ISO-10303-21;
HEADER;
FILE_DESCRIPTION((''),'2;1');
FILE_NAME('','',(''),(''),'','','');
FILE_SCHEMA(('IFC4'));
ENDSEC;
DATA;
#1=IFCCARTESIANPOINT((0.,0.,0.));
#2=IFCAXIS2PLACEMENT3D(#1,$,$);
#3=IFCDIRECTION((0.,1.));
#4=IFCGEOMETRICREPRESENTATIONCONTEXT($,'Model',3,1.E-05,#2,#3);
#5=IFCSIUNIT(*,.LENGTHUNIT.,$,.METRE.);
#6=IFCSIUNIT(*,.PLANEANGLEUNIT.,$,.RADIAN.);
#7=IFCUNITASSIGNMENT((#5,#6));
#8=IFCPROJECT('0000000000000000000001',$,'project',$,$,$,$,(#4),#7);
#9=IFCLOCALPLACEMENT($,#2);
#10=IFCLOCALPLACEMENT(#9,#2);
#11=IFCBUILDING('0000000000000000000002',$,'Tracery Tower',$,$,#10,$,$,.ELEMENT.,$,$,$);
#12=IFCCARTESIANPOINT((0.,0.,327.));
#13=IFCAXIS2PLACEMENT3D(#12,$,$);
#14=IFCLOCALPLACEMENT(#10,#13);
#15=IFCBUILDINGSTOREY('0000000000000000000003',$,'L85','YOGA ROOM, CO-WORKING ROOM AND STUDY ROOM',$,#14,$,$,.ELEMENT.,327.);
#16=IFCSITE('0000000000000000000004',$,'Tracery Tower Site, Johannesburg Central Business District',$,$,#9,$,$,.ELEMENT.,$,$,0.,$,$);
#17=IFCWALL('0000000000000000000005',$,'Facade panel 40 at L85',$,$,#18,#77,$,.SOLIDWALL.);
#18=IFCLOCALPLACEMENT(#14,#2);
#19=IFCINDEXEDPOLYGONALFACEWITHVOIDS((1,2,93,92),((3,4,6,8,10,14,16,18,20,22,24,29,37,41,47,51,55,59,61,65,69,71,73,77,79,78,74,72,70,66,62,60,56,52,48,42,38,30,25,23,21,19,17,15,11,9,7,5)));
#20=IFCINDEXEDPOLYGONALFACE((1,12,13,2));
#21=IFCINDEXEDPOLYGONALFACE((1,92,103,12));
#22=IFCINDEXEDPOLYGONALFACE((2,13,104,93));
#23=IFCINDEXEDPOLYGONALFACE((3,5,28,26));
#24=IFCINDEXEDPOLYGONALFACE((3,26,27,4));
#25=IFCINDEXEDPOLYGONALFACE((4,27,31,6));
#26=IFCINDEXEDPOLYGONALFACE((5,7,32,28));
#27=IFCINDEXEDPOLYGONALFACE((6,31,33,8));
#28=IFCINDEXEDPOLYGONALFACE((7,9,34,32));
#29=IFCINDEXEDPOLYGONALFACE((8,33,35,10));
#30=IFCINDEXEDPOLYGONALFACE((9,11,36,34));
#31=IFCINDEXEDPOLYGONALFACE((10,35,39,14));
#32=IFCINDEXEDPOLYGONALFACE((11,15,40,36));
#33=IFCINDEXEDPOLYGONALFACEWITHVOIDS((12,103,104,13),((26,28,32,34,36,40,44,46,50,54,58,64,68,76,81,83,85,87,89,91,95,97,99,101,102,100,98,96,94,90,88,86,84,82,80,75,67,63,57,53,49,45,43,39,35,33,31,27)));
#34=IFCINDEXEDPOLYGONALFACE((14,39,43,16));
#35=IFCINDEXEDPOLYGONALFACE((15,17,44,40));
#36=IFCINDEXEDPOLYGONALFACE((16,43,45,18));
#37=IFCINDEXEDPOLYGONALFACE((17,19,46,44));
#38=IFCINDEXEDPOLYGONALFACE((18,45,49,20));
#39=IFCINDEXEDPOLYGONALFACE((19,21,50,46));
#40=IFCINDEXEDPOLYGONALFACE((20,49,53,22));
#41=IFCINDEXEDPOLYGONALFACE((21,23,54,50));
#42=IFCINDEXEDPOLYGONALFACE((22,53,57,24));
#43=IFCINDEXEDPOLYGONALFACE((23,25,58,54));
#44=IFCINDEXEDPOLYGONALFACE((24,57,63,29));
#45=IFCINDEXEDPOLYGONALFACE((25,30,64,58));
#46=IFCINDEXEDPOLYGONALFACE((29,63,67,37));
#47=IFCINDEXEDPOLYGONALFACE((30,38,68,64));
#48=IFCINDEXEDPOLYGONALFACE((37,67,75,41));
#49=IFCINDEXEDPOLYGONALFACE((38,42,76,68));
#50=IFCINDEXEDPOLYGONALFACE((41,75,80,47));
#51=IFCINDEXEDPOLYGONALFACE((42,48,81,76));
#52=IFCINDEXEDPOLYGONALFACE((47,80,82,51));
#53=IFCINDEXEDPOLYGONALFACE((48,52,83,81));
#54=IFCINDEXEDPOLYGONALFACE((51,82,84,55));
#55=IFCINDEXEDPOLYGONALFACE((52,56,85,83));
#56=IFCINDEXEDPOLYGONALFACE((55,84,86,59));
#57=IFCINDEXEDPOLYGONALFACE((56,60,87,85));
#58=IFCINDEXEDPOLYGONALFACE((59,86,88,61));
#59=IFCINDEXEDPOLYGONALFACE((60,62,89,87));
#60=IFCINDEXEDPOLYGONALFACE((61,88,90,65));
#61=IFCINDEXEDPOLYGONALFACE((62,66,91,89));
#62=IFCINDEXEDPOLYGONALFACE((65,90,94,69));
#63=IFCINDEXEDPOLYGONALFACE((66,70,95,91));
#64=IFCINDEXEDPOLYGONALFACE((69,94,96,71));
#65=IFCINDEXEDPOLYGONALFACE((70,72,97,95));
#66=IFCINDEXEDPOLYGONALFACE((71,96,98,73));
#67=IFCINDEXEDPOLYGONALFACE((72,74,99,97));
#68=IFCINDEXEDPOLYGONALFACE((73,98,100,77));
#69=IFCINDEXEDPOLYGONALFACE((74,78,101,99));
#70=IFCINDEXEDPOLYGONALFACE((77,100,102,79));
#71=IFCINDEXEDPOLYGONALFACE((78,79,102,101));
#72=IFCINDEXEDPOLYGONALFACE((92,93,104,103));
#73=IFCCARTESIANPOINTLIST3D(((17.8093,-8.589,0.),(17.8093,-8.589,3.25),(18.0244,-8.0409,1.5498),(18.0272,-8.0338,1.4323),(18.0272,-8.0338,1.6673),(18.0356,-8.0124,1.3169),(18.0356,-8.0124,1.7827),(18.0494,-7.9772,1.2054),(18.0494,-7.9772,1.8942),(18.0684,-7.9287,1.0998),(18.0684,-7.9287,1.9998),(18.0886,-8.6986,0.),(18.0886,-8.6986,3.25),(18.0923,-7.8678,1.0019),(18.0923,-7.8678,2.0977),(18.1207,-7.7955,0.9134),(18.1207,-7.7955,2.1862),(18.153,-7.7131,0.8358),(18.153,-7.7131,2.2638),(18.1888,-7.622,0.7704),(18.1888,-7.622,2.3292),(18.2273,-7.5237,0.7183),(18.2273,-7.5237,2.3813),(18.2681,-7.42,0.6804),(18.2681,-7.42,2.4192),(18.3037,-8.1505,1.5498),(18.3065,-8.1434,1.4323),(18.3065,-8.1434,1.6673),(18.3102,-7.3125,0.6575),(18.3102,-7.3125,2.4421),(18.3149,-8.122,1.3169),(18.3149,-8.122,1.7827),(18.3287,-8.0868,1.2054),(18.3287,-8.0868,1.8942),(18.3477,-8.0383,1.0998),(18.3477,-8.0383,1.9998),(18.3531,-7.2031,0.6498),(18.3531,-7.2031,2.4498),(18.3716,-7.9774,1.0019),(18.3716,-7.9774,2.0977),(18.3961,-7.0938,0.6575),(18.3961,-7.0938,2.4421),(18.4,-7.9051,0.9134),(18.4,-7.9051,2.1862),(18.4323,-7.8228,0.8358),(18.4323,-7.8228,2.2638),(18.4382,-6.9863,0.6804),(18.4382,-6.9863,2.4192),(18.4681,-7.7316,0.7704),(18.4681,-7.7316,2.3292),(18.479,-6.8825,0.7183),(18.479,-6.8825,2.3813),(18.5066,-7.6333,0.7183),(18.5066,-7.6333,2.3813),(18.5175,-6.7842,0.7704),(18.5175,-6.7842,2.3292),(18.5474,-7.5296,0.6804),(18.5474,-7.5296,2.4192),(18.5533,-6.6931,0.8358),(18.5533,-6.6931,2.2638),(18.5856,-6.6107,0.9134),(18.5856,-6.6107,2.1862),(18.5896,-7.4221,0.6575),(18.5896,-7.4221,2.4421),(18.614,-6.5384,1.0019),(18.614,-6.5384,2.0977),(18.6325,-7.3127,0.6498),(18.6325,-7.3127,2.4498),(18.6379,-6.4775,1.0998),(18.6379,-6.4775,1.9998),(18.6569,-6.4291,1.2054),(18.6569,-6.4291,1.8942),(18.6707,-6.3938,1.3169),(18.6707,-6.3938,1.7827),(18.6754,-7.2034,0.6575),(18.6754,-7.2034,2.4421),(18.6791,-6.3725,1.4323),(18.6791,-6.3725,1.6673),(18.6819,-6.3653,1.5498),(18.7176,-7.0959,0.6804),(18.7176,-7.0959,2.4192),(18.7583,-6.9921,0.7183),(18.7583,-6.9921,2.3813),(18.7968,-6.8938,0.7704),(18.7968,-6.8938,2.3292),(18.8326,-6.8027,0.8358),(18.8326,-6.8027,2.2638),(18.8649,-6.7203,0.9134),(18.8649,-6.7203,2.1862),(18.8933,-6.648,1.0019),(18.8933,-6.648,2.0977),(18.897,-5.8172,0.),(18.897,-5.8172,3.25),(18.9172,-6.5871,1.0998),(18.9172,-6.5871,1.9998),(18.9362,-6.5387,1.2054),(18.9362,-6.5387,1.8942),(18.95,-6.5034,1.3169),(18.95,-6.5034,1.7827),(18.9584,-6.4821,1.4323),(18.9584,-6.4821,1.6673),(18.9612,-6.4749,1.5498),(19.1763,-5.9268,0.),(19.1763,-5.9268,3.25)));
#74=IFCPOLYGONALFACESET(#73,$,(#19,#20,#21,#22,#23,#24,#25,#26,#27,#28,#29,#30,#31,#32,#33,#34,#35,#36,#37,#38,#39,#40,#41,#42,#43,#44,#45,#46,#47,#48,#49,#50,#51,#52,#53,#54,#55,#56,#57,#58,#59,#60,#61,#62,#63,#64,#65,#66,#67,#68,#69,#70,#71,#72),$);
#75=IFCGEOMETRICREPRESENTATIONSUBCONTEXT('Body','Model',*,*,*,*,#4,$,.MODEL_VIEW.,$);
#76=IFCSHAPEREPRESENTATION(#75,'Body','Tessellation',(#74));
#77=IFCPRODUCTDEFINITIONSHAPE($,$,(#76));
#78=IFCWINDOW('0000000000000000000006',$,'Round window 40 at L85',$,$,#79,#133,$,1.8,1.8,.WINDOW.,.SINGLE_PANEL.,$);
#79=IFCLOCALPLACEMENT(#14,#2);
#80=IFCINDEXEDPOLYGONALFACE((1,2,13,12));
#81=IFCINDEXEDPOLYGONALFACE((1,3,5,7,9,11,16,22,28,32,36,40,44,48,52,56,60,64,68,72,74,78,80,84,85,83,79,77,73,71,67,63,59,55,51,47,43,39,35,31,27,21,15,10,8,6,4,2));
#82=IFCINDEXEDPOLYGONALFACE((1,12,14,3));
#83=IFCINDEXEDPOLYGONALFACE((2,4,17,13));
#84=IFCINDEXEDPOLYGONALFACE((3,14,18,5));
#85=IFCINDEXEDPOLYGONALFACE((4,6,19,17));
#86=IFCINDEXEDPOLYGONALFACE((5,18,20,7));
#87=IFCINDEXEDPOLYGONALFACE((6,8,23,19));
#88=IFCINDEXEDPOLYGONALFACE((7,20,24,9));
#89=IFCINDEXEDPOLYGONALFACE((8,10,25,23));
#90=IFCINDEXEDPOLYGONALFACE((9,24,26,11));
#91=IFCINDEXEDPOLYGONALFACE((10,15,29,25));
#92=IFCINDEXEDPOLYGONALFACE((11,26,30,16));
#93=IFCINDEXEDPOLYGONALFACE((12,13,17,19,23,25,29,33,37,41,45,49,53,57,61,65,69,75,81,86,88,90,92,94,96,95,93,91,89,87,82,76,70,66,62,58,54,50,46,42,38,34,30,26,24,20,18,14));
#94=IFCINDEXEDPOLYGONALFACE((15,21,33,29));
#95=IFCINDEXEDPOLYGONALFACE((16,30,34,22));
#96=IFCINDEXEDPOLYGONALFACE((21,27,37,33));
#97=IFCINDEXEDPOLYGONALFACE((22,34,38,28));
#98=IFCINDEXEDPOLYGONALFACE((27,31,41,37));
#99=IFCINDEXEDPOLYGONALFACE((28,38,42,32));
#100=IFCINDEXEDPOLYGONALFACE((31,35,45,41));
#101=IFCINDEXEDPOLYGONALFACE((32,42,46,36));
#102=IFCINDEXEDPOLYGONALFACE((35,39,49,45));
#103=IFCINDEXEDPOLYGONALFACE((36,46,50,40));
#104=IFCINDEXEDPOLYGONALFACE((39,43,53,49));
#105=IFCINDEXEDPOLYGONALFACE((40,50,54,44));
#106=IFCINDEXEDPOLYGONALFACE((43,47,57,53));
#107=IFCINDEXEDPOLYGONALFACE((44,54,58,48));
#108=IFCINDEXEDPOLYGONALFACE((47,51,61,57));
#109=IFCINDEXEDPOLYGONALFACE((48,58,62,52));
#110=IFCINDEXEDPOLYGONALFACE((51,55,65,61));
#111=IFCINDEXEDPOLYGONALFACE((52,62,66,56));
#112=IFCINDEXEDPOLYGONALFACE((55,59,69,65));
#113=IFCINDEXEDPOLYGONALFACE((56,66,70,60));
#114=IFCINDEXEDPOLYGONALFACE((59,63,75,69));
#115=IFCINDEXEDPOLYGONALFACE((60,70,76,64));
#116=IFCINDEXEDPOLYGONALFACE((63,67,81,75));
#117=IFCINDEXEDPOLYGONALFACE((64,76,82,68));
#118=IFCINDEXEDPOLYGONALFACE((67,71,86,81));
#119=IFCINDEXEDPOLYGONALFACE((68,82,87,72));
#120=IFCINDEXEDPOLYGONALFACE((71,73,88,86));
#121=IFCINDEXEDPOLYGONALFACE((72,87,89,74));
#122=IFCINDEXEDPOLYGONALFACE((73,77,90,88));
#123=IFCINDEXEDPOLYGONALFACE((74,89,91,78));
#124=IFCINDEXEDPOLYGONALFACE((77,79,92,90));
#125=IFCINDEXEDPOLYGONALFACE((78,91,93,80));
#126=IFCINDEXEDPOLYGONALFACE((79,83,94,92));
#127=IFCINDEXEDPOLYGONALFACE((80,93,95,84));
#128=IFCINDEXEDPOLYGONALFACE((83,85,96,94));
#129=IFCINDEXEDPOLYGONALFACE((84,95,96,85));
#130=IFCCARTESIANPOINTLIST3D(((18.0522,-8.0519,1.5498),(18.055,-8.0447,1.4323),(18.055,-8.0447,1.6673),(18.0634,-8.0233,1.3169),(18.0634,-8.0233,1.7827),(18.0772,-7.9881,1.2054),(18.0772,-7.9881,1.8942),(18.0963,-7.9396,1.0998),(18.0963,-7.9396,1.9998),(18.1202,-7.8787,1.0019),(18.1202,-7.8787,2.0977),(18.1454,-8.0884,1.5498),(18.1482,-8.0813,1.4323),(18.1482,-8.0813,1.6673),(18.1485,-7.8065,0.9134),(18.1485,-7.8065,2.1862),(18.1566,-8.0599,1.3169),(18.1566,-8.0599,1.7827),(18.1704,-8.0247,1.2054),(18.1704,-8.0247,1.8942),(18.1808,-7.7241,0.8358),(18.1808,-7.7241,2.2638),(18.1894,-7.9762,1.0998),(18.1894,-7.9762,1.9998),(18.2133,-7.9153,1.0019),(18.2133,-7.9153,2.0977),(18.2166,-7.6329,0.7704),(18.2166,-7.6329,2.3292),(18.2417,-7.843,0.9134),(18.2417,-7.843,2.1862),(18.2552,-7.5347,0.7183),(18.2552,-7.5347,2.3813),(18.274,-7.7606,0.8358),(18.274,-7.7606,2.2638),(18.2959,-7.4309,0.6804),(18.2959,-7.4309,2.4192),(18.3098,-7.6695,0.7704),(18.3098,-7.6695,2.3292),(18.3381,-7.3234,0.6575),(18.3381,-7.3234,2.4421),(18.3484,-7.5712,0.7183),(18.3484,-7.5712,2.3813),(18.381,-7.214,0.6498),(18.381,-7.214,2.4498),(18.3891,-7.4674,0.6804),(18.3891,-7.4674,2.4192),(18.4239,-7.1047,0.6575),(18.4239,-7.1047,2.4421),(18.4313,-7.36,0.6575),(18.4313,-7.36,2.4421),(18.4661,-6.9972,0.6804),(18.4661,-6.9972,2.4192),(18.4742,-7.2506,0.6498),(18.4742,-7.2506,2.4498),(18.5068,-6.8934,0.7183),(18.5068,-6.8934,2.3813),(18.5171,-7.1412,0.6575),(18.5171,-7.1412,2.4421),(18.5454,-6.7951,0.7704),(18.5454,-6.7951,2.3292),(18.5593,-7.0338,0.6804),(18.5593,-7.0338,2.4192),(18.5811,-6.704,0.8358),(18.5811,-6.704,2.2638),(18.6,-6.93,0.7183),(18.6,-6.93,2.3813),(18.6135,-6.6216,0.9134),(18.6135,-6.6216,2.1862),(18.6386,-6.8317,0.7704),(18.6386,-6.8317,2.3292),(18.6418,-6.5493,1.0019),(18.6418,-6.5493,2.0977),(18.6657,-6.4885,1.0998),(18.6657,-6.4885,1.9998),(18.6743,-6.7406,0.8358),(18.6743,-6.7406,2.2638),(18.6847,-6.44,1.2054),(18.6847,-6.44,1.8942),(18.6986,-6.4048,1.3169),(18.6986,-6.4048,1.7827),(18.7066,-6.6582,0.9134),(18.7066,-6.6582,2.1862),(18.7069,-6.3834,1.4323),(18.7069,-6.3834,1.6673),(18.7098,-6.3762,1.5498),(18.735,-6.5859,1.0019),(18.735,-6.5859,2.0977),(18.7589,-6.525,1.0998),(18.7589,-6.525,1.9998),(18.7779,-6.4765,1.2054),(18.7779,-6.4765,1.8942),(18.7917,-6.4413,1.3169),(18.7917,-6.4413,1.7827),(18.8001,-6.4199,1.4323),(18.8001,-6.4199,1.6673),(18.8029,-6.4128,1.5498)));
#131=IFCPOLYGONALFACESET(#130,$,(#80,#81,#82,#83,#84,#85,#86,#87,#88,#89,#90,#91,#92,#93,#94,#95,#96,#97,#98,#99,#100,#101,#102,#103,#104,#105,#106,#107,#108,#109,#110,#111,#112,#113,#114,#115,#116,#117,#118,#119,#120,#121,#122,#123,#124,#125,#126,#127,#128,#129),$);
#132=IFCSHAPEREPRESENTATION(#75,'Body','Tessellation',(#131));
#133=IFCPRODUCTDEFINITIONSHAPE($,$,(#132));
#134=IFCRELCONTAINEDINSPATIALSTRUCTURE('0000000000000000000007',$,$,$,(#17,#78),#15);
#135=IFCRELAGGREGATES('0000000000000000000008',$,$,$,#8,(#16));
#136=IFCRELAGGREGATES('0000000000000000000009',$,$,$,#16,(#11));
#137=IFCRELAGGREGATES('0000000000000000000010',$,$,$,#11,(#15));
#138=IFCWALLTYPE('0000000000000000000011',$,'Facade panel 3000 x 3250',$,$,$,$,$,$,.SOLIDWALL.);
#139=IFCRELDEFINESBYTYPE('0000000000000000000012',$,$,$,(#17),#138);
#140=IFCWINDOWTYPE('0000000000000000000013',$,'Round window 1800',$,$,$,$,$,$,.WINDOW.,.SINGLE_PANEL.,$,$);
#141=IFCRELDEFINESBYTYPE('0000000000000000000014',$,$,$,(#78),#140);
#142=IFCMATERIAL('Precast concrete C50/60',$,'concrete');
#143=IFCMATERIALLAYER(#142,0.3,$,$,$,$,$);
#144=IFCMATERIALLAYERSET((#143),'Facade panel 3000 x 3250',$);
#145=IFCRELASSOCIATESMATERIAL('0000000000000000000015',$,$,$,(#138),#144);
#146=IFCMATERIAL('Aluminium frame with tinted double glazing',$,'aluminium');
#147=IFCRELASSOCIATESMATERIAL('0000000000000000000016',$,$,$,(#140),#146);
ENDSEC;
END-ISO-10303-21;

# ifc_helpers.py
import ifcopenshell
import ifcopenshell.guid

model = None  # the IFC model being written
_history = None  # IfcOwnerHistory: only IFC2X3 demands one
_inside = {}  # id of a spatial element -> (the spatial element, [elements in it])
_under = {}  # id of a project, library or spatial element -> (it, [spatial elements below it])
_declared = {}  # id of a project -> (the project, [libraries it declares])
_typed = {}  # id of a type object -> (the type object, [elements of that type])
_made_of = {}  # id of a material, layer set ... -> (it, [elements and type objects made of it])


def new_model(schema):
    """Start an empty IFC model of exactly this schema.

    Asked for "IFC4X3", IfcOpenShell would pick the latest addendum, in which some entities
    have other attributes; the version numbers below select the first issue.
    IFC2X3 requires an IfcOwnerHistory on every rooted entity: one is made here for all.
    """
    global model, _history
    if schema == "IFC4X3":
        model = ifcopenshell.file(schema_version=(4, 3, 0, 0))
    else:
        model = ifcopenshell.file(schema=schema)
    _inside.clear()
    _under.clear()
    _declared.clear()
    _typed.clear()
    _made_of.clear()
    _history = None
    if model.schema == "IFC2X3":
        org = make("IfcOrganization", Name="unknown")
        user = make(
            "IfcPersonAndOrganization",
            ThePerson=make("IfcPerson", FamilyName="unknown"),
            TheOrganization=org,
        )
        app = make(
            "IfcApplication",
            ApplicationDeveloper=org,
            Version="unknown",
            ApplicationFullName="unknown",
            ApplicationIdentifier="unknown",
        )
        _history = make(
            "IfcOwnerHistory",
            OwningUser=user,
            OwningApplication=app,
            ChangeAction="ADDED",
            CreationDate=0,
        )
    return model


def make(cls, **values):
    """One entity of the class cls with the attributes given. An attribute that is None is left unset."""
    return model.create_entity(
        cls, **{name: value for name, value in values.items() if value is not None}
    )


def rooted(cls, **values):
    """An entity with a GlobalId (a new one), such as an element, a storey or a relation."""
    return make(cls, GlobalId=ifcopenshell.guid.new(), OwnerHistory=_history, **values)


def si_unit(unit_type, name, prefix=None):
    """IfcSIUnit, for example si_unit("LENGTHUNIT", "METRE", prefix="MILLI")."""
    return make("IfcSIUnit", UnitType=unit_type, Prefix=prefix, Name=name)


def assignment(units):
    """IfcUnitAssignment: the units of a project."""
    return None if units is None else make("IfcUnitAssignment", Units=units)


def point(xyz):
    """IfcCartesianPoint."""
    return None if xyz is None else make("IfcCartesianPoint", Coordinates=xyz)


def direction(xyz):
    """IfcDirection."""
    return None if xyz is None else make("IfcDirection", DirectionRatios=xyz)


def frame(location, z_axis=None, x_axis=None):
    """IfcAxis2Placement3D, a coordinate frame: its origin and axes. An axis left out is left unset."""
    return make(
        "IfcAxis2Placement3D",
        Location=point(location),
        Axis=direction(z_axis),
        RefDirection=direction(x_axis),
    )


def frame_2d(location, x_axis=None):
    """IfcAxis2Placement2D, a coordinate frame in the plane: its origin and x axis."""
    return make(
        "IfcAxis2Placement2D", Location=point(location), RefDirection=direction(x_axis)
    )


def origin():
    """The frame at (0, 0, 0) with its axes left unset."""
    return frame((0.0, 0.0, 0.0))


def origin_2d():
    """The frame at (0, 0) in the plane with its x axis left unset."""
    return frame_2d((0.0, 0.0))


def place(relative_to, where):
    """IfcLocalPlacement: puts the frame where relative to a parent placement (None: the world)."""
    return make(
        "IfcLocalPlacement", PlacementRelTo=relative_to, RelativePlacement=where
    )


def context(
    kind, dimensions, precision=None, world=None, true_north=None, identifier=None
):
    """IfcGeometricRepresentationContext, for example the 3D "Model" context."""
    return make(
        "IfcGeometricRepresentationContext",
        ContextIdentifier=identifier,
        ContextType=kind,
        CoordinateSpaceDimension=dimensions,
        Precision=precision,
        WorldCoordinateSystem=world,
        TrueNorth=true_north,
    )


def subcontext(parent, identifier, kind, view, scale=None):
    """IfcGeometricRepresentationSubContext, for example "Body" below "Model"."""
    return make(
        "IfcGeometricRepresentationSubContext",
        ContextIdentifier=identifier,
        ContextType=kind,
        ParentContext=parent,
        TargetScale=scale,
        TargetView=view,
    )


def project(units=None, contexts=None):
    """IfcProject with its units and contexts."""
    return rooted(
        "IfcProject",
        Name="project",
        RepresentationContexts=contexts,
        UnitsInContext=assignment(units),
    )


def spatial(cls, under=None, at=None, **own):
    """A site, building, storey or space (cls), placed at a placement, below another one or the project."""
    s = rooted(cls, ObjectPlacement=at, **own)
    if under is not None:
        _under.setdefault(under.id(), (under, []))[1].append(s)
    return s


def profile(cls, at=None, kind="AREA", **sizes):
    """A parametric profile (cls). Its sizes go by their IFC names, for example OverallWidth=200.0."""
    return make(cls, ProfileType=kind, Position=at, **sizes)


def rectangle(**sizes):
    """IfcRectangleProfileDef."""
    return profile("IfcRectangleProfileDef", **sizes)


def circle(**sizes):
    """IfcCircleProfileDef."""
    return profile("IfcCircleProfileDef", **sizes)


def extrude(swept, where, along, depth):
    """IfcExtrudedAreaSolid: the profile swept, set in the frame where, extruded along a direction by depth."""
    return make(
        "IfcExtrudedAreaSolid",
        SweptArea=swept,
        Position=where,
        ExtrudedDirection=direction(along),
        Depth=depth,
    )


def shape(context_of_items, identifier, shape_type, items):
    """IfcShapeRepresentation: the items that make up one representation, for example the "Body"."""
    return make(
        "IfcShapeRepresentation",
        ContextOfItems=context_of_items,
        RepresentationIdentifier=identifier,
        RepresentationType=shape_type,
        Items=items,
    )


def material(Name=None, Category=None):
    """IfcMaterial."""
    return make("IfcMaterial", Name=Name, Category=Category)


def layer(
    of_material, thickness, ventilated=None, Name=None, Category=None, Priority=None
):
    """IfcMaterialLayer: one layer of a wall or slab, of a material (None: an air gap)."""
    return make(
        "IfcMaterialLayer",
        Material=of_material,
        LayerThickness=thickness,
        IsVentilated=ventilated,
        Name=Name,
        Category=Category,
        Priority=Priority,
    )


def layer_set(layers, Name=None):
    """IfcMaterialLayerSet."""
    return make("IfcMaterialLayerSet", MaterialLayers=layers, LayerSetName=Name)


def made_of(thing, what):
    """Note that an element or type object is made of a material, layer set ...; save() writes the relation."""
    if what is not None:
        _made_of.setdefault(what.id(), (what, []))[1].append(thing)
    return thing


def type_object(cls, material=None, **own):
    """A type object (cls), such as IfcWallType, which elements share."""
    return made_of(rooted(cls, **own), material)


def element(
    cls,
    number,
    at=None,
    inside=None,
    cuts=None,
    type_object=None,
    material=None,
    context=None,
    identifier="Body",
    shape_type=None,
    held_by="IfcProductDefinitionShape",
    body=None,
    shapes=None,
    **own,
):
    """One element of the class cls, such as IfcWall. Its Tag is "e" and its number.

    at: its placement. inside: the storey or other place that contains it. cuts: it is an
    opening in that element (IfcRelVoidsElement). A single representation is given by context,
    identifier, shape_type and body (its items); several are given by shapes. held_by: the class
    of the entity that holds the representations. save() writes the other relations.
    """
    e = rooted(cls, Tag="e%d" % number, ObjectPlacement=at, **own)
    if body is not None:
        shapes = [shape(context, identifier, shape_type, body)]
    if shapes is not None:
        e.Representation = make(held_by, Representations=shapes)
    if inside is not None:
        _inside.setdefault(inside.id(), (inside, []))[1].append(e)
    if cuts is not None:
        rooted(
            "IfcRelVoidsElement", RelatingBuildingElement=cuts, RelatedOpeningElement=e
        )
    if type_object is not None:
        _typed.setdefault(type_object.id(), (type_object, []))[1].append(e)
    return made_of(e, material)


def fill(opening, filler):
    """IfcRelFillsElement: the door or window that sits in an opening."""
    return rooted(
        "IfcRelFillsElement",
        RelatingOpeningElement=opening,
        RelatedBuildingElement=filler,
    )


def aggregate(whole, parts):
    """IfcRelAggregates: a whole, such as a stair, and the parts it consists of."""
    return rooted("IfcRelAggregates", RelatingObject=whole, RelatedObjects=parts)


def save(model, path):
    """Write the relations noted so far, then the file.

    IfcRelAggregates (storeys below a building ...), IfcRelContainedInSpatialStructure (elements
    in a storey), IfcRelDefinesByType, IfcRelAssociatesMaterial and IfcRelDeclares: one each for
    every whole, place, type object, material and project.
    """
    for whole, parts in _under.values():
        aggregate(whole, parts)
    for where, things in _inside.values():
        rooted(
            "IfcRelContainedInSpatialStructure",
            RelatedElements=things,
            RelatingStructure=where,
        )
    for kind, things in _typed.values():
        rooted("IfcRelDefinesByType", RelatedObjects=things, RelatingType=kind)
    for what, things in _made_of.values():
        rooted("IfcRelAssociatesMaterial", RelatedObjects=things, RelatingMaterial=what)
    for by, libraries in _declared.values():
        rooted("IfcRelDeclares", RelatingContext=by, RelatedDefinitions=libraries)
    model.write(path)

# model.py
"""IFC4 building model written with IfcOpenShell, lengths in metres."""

from ifc_helpers import new_model, si_unit, direction, frame, frame_2d, origin, origin_2d, place, context, subcontext, project, spatial, rectangle, circle, extrude, material, layer, layer_set, type_object, element, fill, save


model = new_model("IFC4")

# Units and contexts
model_context = context("Model", 3, precision=1e-05, world=origin(), true_north=direction((0.0, 1.0)))
body_context = subcontext(model_context, "Body", "Model", "MODEL_VIEW")
ifc_project = project(units=[si_unit("LENGTHUNIT", "METRE"), si_unit("PLANEANGLEUNIT", "RADIAN")], contexts=[model_context])

# Site, building, storey
site_placement = place(None, origin())
site = spatial("IfcSite", under=ifc_project, at=site_placement, Name="Tracery Tower Site, Johannesburg Central Business District", CompositionType="ELEMENT", RefElevation=0.0)
building_placement = place(site_placement, origin())
building = spatial("IfcBuilding", under=site, at=building_placement, Name="Tracery Tower", CompositionType="ELEMENT")
storey_placement = place(building_placement, frame((0.0, 0.0, 327.0)))
storey = spatial("IfcBuildingStorey", under=building, at=storey_placement, Name="L85", Description="YOGA ROOM, CO-WORKING ROOM AND STUDY ROOM", CompositionType="ELEMENT", Elevation=327.0)

# Wall, opening, window
ifc_material_1 = material(Name="Precast concrete C50/60", Category="concrete")
ifc_layer_1 = layer(ifc_material_1, 0.3)
ifc_layer_set_1 = layer_set([ifc_layer_1], Name="Facade panel 3000 x 3250")
wall_type_1 = type_object("IfcWallType", Name="Facade panel 3000 x 3250", PredefinedType="SOLIDWALL", material=ifc_layer_set_1)
wall_1_placement = place(storey_placement, frame((17.949, -8.6438, 0.0), z_axis=(0.0, 0.0, 1.0), x_axis=(0.36529, 0.930894, 0.0)))
wall_1 = element("IfcWall", 1, at=wall_1_placement, inside=storey, type_object=wall_type_1, Name="Facade panel 40 at L85", PredefinedType="SOLIDWALL", context=body_context, shape_type="SweptSolid", body=[
    extrude(rectangle(XDim=2.9775, YDim=0.3, at=frame_2d((1.4888, 0.0))), origin(), (0.0, 0.0, 1.0), 3.25),
])
opening_1_placement = place(wall_1_placement, frame((1.4888, 0.0, 1.5498)))
opening_1 = element("IfcOpeningElement", 2, at=opening_1_placement, cuts=wall_1, PredefinedType="OPENING", context=body_context, shape_type="SweptSolid", body=[
    extrude(circle(Radius=0.9, at=origin_2d()), frame((0.0, 0.1599, 0.0), z_axis=(0.0, -1.0, 0.0), x_axis=(1.0, 0.0, 0.0)), (0.0, 0.0, 1.0), 0.3201),
])
ifc_material_2 = material(Name="Aluminium frame with tinted double glazing", Category="aluminium")
window_type = type_object("IfcWindowType", Name="Round window 1800", PartitioningType="SINGLE_PANEL", PredefinedType="WINDOW", material=ifc_material_2)
window_1_placement = place(opening_1_placement, origin())
window_1 = element("IfcWindow", 3, at=window_1_placement, inside=storey, type_object=window_type, Name="Round window 40 at L85", OverallHeight=1.8, OverallWidth=1.8, PartitioningType="SINGLE_PANEL", PredefinedType="WINDOW", context=body_context, shape_type="SweptSolid", body=[
    extrude(circle(Radius=0.9, at=origin_2d()), frame((0.0, 0.1201, 0.0), z_axis=(0.0, -1.0, 0.0), x_axis=(1.0, 0.0, 0.0)), (0.0, 0.0, 1.0), 0.1001),
])
fill(opening_1, window_1)

save(model, "model.ifc")
